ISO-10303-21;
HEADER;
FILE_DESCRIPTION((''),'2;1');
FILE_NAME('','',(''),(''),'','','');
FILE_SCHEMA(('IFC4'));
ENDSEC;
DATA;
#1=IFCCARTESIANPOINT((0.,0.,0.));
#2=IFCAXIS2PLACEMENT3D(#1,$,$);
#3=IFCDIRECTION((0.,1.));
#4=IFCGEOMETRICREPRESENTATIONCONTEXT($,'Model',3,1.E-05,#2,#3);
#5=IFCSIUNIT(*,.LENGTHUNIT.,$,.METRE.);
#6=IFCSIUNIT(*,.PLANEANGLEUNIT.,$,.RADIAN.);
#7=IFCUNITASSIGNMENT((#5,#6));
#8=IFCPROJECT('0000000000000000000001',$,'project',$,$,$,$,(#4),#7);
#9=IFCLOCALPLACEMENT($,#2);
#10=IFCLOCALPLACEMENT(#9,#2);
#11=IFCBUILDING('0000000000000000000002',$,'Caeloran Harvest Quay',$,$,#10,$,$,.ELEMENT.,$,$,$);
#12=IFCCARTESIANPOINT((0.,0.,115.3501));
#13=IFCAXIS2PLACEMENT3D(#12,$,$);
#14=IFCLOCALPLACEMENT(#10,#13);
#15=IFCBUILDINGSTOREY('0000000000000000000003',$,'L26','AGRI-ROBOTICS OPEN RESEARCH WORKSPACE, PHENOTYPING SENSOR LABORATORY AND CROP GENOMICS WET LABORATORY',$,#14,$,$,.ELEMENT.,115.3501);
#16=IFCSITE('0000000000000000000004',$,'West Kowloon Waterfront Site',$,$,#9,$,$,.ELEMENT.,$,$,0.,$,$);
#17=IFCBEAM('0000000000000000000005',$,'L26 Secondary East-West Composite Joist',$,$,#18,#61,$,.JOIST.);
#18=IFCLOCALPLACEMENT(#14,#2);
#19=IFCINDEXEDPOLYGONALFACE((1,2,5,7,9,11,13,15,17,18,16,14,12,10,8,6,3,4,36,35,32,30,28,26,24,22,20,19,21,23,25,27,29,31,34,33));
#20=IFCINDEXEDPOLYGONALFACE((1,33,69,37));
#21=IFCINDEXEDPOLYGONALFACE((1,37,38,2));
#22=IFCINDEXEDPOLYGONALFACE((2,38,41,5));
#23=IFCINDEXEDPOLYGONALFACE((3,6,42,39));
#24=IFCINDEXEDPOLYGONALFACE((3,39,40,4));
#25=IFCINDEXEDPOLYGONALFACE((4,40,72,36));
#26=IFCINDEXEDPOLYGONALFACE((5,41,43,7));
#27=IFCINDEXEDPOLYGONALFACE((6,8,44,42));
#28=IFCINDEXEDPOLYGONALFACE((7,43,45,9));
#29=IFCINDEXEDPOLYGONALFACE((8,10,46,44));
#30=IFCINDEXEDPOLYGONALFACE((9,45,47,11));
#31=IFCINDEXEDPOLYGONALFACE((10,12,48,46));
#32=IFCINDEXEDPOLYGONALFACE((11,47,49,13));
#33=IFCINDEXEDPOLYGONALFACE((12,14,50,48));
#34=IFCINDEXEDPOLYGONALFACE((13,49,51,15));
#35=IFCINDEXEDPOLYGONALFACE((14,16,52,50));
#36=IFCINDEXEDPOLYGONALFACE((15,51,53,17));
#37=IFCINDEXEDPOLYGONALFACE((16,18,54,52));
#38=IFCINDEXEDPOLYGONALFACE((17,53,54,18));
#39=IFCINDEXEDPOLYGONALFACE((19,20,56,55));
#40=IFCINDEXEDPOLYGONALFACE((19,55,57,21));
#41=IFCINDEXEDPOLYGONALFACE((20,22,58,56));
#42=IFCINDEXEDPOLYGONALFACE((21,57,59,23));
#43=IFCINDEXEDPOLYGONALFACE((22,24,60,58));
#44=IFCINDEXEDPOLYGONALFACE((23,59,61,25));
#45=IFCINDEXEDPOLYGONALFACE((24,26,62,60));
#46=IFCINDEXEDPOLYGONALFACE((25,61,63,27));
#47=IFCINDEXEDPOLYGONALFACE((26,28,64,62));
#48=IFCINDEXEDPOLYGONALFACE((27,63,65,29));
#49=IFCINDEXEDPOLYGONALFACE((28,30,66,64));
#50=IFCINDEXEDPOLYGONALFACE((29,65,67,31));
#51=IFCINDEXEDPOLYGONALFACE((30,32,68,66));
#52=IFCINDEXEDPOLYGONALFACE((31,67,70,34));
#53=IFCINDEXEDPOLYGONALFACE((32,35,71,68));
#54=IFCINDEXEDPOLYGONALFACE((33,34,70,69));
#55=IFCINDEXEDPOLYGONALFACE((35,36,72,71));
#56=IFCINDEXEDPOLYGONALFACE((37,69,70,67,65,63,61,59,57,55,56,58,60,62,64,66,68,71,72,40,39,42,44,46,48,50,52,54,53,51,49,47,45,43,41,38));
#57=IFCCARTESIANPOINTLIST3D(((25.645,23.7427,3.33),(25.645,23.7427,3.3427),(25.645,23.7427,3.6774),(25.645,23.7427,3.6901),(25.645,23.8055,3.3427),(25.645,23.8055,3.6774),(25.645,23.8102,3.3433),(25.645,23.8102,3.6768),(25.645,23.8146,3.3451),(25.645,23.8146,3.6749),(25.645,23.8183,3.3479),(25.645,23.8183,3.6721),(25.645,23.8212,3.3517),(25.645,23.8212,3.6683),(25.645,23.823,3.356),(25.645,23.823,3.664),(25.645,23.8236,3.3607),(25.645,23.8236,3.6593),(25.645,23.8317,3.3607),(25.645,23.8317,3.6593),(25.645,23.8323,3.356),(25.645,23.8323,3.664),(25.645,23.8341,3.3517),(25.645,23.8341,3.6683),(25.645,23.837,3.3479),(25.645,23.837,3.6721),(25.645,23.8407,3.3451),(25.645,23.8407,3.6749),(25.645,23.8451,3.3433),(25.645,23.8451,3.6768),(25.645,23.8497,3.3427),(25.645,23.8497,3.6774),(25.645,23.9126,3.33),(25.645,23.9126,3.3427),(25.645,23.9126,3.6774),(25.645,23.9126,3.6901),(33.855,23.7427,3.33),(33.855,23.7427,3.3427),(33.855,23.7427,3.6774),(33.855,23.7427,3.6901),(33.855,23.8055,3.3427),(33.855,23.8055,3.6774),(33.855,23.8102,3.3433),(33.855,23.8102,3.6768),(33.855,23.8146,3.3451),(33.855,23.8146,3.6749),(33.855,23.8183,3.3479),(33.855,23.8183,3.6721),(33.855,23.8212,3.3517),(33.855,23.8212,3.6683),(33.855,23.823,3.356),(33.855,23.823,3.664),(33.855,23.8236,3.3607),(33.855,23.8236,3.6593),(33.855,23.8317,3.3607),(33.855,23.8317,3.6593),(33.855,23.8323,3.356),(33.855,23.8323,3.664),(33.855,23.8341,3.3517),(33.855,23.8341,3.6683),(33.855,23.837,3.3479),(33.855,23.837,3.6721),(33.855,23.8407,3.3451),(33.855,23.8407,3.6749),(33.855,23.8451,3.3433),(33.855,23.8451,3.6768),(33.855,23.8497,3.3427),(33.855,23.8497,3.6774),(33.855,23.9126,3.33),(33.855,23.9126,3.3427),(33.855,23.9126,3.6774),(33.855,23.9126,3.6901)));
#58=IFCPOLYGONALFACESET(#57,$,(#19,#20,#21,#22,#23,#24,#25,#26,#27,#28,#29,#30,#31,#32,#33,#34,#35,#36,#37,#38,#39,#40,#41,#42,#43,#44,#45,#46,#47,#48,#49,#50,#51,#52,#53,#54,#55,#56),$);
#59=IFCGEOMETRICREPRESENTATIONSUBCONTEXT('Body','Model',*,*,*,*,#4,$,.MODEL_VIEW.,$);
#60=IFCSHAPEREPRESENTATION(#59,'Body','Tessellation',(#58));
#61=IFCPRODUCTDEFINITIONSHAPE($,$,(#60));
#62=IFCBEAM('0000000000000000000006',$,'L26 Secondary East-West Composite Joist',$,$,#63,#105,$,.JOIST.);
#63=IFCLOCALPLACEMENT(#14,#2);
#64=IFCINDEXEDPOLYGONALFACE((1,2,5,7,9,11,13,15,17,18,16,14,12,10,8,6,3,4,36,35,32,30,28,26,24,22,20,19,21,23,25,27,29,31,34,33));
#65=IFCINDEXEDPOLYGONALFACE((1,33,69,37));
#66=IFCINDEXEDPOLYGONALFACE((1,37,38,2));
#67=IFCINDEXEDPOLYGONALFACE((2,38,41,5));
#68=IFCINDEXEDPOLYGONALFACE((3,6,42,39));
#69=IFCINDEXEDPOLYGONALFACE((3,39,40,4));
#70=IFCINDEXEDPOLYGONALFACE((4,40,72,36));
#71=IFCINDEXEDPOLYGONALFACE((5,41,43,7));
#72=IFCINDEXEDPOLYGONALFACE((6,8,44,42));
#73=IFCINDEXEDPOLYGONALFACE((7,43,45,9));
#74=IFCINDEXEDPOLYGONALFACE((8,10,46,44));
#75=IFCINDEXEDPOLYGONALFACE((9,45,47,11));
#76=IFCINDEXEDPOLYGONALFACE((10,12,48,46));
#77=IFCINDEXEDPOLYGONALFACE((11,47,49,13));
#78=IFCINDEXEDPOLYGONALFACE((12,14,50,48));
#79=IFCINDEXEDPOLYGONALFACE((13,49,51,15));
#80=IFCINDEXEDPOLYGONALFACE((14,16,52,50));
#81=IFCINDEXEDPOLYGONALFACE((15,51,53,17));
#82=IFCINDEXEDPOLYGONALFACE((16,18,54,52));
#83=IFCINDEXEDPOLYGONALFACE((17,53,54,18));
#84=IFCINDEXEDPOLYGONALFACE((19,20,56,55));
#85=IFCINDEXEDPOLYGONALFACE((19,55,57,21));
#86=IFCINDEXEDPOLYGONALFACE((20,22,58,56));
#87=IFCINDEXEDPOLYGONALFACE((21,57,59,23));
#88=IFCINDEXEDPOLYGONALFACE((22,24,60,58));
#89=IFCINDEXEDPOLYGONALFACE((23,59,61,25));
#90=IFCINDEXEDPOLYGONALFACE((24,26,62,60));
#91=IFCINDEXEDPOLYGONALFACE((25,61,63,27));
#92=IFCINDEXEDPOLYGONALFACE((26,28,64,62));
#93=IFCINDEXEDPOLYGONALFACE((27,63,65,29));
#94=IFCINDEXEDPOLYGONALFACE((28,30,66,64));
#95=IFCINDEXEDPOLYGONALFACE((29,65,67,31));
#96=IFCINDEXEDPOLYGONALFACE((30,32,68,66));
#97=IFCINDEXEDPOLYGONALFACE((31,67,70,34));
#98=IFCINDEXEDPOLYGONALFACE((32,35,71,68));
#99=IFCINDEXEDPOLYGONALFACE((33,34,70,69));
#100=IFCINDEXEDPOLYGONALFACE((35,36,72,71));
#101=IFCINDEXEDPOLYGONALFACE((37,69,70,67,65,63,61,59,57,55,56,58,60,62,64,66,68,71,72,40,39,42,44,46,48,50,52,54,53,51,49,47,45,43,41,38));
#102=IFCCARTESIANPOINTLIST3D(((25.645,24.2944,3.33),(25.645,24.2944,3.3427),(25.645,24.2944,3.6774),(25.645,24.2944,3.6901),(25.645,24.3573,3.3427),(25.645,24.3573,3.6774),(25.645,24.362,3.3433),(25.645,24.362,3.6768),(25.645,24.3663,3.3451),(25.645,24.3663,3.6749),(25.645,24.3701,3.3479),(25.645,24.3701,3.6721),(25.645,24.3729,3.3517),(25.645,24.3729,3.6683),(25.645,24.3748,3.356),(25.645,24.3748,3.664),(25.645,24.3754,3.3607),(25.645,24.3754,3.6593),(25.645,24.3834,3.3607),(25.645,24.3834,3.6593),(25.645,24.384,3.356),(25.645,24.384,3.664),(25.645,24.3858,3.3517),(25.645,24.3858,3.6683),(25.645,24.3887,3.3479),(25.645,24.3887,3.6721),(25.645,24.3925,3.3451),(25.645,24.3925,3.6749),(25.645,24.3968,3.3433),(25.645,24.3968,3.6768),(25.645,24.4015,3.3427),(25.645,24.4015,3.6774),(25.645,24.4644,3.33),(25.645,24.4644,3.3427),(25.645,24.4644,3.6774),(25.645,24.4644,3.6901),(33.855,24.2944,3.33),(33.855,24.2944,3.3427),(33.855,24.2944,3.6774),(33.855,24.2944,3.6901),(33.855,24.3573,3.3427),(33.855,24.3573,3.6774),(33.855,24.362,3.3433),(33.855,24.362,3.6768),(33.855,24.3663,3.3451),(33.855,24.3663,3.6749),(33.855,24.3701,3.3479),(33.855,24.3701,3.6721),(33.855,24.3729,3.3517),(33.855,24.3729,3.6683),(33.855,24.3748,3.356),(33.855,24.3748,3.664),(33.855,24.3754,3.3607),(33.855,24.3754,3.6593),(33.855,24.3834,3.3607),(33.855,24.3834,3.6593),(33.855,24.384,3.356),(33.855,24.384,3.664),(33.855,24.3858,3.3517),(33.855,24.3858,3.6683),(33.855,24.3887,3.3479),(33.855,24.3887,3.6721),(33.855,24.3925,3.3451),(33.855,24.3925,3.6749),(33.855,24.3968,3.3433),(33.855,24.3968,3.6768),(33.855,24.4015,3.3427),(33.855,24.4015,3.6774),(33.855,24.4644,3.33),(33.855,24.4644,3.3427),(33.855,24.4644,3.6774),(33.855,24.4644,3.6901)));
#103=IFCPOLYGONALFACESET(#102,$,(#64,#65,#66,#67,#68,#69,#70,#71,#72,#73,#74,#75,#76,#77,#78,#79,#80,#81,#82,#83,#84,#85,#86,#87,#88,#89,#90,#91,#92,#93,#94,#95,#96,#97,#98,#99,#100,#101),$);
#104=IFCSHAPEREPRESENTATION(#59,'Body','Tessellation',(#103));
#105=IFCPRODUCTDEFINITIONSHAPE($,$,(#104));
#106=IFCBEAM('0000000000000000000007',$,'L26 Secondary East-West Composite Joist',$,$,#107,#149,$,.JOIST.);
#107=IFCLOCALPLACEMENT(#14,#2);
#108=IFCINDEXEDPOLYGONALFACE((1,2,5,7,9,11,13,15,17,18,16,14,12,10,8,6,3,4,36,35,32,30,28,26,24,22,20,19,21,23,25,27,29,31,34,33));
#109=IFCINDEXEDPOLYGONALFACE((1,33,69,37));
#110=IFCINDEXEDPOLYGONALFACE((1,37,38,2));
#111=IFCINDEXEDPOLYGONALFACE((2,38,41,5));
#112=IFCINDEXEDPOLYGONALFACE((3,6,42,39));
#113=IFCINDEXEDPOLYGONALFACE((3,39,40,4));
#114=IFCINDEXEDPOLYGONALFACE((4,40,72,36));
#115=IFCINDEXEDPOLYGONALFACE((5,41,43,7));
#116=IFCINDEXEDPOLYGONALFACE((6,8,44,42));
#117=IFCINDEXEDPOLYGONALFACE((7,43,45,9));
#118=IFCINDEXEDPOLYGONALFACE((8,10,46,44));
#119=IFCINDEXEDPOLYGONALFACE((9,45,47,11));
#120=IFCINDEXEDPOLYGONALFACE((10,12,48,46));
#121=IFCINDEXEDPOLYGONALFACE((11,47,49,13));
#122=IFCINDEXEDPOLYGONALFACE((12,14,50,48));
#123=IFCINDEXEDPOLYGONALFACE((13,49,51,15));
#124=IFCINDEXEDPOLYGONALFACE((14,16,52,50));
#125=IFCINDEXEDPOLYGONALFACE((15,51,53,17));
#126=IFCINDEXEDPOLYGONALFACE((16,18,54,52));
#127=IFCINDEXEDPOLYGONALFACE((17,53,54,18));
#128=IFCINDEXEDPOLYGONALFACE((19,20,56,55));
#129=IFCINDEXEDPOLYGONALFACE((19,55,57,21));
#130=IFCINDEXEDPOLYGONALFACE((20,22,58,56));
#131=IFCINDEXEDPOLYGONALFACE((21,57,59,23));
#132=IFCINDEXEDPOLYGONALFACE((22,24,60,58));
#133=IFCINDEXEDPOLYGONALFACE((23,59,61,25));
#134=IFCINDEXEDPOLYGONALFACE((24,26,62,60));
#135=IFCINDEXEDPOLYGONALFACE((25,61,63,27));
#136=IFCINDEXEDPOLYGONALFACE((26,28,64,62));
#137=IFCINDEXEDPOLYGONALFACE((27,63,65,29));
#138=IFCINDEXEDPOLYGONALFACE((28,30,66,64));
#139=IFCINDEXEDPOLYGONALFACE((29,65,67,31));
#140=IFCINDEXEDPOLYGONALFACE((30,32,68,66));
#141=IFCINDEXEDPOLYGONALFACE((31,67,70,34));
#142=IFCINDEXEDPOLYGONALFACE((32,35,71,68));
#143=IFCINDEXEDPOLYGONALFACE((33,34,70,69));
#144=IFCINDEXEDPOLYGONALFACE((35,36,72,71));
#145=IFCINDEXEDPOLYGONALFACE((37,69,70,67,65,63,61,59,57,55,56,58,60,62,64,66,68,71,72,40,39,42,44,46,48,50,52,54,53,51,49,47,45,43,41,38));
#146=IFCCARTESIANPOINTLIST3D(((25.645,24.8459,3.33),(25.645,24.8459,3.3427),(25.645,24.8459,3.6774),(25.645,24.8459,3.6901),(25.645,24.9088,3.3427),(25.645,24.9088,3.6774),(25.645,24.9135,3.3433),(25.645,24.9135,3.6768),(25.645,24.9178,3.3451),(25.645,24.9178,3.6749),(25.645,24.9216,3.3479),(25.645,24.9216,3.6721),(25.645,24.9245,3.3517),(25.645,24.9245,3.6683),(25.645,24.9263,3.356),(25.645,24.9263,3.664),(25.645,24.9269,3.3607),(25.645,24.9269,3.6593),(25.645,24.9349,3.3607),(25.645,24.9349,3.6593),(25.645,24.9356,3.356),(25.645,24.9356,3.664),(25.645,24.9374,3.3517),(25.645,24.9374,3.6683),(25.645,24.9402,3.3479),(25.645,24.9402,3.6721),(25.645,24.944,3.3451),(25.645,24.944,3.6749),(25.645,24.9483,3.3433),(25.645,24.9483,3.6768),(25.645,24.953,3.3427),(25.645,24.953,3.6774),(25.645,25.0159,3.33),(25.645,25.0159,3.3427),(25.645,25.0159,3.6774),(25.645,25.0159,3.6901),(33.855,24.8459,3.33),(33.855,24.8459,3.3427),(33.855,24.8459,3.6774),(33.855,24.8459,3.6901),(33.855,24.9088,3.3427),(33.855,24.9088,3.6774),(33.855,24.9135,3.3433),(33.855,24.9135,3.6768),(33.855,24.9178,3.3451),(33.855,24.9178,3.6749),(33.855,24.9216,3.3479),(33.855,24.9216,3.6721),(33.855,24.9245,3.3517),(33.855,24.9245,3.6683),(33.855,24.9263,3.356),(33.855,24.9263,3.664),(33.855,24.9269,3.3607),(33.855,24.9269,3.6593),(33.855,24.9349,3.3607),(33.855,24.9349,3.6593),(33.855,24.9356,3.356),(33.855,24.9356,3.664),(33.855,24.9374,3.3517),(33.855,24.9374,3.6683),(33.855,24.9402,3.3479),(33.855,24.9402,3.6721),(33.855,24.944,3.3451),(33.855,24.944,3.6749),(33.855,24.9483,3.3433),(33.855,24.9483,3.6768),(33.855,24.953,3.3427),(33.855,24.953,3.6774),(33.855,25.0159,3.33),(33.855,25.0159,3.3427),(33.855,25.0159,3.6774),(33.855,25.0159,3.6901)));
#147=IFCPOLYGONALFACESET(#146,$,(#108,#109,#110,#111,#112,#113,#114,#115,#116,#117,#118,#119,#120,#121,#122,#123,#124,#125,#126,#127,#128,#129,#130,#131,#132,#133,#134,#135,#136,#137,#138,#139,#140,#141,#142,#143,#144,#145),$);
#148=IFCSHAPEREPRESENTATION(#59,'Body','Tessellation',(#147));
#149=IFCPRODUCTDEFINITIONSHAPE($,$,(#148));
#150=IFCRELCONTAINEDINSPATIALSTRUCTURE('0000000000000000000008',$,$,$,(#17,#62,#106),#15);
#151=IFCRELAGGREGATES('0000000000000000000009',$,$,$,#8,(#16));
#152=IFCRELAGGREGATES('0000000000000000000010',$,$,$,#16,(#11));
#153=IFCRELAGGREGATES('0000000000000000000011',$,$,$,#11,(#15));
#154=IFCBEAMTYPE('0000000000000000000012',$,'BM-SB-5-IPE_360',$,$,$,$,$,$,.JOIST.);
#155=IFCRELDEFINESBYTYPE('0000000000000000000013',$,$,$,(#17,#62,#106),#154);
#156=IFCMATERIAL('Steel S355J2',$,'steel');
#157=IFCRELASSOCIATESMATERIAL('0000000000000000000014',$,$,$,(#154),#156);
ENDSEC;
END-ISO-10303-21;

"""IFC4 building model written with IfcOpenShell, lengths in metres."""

from ifc_helpers import new_model, si_unit, direction, frame, origin, origin_2d, place, context, subcontext, project, spatial, i_section, extrude, material, material_profile, profile_set, type_object, element, save


model = new_model("IFC4")

# Units and contexts
model_context = context("Model", 3, precision=1e-05, world=origin(), true_north=direction((0.0, 1.0)))
body_context = subcontext(model_context, "Body", "Model", "MODEL_VIEW")
ifc_project = project(units=[si_unit("LENGTHUNIT", "METRE"), si_unit("PLANEANGLEUNIT", "RADIAN")], contexts=[model_context])

# Site, building, storey
site_placement = place(None, origin())
site = spatial("IfcSite", under=ifc_project, at=site_placement, Name="West Kowloon Waterfront Site", CompositionType="ELEMENT", RefElevation=0.0)
building_placement = place(site_placement, origin())
building = spatial("IfcBuilding", under=site, at=building_placement, Name="Caeloran Harvest Quay", CompositionType="ELEMENT")
storey_placement = place(building_placement, frame((0.0, 0.0, 115.3501)))
storey = spatial("IfcBuildingStorey", under=building, at=storey_placement, Name="L26", Description="AGRI-ROBOTICS OPEN RESEARCH WORKSPACE, PHENOTYPING SENSOR LABORATORY AND CROP GENOMICS WET LABORATORY", CompositionType="ELEMENT", Elevation=115.3501)

# Beams
ifc_material_1 = material(Name="Steel S355J2", Category="steel")
ifc_material_profile_1 = material_profile(ifc_material_1, i_section(OverallWidth=0.1699, OverallDepth=0.3601, WebThickness=0.0081, FlangeThickness=0.0127, FilletRadius=0.0181, at=origin_2d()), Name="IPE 360")
ifc_profile_set_1 = profile_set([ifc_material_profile_1], Name="Steel S355J2")
beam_type_1 = type_object("IfcBeamType", Name="BM-SB-5-IPE_360", PredefinedType="JOIST", material=ifc_profile_set_1)
for number, where, z_axis, x_axis, name in (
    (1, (25.645, 23.8276, 3.51), (1.0, 0.0, 0.0), (0.0, 1.0, 0.0), "L26 Secondary East-West Composite Joist"),
    (2, (25.645, 24.3794, 3.51), (1.0, 0.0, 0.0), (0.0, 1.0, 0.0), "L26 Secondary East-West Composite Joist"),
    (3, (25.645, 24.9309, 3.51), (1.0, 0.0, 0.0), (0.0, 1.0, 0.0), "L26 Secondary East-West Composite Joist"),
):
    element("IfcBeam", number, at=place(storey_placement, frame(where, z_axis=z_axis, x_axis=x_axis)), inside=storey, type_object=beam_type_1, Name=name, PredefinedType="JOIST", context=body_context, shape_type="SweptSolid", body=[
        extrude(i_section(OverallWidth=0.1699, OverallDepth=0.3601, WebThickness=0.0081, FlangeThickness=0.0127, FilletRadius=0.0181, at=origin_2d()), origin(), (0.0, 0.0, 1.0), 8.21),
    ])

save(model, "model.ifc")
